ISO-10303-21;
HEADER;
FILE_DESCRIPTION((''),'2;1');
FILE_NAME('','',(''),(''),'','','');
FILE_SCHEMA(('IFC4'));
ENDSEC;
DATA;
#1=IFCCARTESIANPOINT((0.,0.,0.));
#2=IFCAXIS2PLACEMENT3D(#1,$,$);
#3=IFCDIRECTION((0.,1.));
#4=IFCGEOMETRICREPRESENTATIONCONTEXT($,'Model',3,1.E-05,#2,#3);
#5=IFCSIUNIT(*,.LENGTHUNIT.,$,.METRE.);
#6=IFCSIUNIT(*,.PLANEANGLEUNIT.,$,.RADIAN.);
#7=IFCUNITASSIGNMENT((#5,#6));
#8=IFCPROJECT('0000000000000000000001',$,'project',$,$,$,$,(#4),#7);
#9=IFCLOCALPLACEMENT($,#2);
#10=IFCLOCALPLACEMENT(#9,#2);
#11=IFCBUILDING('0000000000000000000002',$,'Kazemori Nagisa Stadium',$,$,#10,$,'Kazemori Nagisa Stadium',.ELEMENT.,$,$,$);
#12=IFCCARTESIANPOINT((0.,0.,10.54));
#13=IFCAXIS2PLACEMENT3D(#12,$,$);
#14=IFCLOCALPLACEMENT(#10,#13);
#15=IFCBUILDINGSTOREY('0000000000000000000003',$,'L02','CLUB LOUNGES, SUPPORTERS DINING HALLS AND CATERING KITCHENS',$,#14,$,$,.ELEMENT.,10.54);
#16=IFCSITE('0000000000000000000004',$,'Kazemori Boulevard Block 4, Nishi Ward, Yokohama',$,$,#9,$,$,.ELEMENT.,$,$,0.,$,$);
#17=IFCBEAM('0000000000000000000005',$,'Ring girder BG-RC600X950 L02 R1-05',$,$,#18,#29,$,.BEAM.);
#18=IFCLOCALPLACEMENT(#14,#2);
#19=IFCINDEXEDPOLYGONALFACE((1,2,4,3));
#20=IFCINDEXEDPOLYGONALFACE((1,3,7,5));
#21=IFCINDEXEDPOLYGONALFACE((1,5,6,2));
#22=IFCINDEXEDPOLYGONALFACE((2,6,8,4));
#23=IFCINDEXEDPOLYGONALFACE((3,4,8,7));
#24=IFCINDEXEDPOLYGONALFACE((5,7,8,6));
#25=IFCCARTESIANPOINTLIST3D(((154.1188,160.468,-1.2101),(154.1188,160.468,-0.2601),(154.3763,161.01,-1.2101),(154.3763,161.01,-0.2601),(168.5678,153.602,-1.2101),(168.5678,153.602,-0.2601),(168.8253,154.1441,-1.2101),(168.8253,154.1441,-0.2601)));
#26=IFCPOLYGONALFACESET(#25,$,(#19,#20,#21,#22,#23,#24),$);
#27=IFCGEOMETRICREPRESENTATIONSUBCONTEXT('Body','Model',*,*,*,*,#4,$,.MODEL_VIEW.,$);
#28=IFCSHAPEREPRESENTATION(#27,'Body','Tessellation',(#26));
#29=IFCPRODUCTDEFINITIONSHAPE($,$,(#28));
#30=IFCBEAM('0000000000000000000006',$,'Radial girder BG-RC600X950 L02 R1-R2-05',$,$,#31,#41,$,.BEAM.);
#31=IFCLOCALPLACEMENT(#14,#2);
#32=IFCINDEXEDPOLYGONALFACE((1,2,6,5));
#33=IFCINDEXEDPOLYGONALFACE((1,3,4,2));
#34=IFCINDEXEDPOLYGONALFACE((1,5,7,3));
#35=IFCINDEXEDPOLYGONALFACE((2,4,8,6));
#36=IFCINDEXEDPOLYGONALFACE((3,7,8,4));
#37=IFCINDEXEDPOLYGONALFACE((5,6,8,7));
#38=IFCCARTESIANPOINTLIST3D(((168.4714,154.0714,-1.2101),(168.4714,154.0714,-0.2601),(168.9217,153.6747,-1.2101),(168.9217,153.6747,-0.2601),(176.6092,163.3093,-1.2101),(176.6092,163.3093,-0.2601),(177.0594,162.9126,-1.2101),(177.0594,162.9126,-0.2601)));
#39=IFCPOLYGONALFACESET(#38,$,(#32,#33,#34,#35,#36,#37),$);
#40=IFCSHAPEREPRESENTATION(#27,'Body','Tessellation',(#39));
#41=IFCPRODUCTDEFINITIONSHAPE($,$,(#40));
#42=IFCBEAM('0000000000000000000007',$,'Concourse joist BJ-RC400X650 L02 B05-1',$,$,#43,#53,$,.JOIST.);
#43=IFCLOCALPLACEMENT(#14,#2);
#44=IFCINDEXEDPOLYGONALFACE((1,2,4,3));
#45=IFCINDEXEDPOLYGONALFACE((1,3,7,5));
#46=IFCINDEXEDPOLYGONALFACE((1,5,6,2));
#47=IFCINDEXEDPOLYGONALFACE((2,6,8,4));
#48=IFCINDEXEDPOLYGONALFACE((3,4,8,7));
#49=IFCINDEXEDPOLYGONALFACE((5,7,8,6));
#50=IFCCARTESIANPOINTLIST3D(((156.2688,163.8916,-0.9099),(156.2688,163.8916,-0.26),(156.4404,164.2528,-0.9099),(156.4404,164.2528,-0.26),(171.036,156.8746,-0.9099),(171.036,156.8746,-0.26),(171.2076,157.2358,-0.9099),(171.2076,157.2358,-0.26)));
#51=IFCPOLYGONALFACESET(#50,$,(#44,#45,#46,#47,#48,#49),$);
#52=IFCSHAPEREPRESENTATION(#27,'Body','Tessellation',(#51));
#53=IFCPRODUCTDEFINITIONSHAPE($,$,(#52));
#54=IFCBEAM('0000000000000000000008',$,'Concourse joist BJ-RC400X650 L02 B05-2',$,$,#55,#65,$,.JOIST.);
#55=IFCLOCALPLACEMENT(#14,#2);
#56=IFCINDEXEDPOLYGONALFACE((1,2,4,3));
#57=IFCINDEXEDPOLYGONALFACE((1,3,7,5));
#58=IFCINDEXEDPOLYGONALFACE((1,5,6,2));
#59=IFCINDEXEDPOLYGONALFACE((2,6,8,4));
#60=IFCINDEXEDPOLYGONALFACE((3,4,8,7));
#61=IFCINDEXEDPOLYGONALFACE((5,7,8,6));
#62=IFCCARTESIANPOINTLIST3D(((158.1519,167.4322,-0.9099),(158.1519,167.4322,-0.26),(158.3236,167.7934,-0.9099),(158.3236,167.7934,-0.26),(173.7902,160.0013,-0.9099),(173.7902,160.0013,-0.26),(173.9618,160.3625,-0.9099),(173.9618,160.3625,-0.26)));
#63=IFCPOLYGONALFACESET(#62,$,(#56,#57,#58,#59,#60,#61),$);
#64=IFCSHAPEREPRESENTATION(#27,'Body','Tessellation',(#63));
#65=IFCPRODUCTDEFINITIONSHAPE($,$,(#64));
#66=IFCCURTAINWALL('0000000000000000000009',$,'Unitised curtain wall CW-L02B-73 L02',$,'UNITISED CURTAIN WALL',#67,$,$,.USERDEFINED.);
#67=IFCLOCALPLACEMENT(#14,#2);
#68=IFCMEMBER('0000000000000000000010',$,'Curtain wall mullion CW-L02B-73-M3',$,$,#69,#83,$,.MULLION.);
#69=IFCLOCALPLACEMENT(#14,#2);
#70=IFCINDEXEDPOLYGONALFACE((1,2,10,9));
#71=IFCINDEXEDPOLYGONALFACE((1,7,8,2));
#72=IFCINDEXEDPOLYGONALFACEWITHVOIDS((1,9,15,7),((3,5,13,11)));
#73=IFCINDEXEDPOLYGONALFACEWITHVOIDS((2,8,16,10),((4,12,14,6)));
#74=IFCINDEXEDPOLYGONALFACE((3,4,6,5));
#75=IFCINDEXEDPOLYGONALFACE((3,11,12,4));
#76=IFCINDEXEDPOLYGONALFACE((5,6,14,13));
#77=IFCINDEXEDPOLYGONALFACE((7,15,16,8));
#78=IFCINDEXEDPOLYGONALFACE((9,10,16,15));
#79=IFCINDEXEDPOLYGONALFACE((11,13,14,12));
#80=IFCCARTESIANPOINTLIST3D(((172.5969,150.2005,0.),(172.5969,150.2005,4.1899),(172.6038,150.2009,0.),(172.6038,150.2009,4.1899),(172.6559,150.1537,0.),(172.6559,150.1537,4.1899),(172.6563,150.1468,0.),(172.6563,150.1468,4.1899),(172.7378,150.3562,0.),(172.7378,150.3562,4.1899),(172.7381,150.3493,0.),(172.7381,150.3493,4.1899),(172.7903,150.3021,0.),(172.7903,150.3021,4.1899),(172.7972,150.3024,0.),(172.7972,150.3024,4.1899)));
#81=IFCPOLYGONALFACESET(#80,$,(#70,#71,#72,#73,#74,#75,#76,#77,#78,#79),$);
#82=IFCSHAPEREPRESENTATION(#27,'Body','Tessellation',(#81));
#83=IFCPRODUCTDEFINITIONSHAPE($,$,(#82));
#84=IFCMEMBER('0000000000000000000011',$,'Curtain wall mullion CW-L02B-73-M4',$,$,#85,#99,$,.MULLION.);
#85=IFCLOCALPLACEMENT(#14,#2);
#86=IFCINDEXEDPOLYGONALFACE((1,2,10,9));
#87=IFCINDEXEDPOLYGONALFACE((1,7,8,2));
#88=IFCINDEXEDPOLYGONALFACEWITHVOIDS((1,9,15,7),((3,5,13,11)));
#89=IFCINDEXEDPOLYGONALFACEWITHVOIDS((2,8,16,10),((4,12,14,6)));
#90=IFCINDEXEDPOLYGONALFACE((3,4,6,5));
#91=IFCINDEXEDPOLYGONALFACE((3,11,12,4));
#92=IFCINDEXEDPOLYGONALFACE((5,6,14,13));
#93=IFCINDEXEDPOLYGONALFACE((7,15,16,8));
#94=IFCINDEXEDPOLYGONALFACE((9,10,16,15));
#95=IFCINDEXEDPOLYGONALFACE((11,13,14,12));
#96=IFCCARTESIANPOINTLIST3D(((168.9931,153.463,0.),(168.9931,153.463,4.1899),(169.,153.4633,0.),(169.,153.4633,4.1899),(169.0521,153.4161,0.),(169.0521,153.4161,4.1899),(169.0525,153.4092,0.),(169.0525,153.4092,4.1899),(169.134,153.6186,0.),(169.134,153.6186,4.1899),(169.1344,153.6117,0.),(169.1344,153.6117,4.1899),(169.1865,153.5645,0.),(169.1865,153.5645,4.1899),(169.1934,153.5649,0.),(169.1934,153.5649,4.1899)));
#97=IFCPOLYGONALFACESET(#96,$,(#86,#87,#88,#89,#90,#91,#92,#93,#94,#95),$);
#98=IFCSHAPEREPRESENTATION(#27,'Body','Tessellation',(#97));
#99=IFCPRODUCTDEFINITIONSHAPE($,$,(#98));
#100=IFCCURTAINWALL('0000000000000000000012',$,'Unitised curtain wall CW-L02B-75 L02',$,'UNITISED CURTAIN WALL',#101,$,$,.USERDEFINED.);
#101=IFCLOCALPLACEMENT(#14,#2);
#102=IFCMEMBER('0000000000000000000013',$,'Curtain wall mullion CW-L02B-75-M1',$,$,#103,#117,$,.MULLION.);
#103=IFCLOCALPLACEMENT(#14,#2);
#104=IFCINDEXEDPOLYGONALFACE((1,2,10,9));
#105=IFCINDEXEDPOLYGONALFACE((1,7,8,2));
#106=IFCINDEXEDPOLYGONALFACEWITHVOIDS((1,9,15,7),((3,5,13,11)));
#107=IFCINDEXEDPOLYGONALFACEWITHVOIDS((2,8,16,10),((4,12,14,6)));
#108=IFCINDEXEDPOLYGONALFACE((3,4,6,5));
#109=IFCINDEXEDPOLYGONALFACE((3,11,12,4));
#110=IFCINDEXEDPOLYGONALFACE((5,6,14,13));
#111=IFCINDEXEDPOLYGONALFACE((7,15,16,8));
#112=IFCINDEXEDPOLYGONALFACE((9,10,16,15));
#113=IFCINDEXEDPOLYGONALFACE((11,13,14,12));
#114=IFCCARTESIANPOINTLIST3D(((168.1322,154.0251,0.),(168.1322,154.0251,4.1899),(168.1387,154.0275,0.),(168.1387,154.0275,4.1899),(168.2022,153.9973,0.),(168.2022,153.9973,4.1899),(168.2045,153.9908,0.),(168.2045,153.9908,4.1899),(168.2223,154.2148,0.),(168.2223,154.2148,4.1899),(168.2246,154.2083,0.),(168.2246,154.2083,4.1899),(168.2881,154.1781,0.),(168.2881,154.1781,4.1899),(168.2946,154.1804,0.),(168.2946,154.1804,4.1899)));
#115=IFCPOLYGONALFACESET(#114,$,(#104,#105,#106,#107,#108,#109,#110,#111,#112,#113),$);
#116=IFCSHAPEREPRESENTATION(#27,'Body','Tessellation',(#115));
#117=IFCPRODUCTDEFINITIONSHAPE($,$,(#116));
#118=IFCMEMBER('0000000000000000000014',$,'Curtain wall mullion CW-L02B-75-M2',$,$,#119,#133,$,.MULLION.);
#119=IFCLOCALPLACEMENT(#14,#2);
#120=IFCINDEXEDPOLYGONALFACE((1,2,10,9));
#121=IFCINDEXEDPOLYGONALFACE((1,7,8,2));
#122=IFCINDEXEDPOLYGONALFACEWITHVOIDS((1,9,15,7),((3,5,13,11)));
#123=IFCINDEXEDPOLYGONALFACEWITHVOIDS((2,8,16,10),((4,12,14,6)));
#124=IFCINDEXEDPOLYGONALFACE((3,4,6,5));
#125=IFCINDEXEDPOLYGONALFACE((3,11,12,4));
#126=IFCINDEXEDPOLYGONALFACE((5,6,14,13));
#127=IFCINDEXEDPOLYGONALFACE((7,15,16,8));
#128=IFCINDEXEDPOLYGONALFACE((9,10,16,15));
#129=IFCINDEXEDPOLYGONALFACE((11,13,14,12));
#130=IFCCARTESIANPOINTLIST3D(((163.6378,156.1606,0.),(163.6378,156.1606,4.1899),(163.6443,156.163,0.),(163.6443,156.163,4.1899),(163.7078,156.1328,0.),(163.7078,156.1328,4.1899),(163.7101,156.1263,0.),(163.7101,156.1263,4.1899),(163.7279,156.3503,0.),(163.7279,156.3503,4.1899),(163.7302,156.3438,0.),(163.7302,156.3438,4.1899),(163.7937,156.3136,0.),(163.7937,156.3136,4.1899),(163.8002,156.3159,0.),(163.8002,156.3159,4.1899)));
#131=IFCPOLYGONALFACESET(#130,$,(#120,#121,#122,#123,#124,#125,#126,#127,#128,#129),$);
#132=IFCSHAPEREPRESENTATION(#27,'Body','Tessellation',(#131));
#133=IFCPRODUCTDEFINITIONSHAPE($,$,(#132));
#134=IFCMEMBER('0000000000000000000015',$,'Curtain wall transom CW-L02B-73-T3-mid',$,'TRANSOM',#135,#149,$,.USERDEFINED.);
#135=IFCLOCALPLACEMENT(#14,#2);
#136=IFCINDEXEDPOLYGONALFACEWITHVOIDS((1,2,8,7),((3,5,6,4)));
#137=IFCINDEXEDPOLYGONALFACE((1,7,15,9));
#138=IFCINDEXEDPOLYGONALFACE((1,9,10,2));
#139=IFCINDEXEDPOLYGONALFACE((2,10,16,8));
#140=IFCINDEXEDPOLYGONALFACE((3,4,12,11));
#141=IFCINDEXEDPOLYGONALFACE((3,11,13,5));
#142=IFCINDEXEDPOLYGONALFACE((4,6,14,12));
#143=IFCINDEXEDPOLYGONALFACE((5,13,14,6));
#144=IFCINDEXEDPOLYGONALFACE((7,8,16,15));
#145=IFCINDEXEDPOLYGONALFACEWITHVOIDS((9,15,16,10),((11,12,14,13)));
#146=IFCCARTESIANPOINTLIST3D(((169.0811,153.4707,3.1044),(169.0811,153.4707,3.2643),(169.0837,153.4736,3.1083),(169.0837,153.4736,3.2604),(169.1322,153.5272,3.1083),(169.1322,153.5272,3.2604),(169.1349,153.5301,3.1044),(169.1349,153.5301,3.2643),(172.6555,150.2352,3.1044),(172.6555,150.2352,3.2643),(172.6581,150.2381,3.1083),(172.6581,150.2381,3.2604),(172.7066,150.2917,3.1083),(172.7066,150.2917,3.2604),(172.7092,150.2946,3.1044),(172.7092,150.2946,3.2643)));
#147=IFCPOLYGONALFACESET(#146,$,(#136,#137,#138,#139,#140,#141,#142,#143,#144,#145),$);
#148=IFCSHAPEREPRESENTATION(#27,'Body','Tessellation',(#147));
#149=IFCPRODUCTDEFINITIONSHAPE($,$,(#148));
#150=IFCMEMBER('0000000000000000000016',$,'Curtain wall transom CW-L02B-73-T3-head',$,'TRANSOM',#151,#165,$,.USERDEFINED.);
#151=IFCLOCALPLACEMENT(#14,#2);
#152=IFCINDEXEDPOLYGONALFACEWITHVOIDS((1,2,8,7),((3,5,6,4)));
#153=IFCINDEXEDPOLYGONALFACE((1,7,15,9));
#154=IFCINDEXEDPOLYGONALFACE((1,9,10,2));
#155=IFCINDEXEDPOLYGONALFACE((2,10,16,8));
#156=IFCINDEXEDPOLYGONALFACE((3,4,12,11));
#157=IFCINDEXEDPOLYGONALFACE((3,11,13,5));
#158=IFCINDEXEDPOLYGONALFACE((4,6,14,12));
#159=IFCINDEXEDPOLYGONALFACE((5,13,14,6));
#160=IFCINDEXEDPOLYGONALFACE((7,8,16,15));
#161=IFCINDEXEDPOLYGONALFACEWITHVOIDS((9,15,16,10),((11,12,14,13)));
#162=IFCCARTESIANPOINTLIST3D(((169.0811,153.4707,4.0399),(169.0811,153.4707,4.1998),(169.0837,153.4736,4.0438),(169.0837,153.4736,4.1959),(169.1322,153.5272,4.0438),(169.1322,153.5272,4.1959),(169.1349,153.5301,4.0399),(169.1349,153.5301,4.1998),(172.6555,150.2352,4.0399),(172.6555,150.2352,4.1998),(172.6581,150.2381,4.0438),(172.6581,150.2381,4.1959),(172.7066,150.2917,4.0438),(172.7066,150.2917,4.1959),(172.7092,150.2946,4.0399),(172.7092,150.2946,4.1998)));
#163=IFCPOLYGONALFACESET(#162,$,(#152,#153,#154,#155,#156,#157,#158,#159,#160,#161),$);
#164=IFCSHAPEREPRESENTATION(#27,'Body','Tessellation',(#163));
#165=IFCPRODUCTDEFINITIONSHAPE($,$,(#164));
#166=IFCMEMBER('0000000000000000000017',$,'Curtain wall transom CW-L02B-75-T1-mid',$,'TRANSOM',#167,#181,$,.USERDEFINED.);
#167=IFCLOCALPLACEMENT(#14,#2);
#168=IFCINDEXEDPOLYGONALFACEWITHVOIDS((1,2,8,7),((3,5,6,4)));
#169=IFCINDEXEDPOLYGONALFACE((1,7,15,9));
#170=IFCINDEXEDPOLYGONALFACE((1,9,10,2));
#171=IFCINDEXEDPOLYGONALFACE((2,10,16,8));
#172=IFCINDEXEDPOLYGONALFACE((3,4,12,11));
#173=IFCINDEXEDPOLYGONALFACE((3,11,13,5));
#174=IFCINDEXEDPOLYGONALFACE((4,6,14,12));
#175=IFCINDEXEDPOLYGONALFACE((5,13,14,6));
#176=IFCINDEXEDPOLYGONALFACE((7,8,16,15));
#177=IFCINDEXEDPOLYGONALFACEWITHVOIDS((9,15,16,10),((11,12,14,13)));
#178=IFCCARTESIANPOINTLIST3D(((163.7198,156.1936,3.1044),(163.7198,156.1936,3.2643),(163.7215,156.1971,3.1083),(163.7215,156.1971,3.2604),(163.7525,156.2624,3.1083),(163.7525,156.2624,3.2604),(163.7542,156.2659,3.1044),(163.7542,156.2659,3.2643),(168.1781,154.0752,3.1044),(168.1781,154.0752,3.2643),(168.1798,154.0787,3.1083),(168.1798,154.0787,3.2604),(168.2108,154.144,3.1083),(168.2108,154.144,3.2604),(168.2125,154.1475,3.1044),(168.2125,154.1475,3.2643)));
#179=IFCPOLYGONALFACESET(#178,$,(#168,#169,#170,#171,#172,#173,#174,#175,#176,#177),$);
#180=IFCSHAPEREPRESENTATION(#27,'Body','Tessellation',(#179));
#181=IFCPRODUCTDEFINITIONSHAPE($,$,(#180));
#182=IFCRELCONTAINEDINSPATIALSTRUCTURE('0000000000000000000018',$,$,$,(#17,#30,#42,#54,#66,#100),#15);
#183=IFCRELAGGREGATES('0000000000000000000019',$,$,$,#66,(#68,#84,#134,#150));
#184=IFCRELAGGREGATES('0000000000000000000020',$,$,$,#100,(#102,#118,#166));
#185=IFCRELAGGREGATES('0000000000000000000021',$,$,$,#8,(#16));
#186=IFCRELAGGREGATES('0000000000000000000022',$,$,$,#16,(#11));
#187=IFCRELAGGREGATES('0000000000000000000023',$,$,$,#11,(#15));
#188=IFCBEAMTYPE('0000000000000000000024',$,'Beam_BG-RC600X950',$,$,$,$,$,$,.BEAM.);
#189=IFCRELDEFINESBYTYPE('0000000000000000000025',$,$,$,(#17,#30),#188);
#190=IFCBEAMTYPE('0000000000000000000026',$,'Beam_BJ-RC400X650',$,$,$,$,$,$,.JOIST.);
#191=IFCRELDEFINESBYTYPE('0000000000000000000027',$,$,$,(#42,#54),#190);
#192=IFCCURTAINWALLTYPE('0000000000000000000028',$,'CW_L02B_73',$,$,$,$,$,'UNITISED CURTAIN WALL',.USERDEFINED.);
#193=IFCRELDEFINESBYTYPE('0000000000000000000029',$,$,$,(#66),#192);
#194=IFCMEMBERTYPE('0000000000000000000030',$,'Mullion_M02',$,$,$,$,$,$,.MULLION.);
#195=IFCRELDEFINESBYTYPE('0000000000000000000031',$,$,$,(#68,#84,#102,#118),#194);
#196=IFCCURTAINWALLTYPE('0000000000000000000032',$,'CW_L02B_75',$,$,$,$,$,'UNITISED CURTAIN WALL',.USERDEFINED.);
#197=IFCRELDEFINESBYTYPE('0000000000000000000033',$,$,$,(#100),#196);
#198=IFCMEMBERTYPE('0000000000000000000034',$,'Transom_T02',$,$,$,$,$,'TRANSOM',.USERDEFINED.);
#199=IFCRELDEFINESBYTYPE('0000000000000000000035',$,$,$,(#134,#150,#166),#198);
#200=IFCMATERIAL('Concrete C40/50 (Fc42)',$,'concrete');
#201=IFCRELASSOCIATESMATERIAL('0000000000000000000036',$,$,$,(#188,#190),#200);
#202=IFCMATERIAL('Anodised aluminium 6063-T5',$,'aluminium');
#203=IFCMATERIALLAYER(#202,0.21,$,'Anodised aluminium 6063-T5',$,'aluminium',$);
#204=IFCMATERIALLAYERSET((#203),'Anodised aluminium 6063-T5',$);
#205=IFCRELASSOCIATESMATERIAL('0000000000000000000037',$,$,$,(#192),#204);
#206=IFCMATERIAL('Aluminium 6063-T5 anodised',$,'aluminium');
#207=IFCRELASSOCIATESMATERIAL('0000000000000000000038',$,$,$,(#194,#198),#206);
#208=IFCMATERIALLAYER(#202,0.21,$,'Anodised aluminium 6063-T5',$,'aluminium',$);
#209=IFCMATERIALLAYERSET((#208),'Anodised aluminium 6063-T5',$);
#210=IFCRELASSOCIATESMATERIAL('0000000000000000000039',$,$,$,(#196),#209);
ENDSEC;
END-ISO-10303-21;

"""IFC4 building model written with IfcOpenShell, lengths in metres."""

from ifc_helpers import new_model, si_unit, direction, frame, origin, origin_2d, place, context, subcontext, project, spatial, rectangle, hollow_rectangle, extrude, material, layer, layer_set, material_profile, profile_set, type_object, element, aggregate, save


model = new_model("IFC4")

# Units and contexts
model_context = context("Model", 3, precision=1e-05, world=origin(), true_north=direction((0.0, 1.0)))
body_context = subcontext(model_context, "Body", "Model", "MODEL_VIEW")
ifc_project = project(units=[si_unit("LENGTHUNIT", "METRE"), si_unit("PLANEANGLEUNIT", "RADIAN")], contexts=[model_context])

# Site, building, storey
site_placement = place(None, origin())
site = spatial("IfcSite", under=ifc_project, at=site_placement, Name="Kazemori Boulevard Block 4, Nishi Ward, Yokohama", CompositionType="ELEMENT", RefElevation=0.0)
building_placement = place(site_placement, origin())
building = spatial("IfcBuilding", under=site, at=building_placement, Name="Kazemori Nagisa Stadium", LongName="Kazemori Nagisa Stadium", CompositionType="ELEMENT")
storey_placement = place(building_placement, frame((0.0, 0.0, 10.54)))
storey = spatial("IfcBuildingStorey", under=building, at=storey_placement, Name="L02", Description="CLUB LOUNGES, SUPPORTERS DINING HALLS AND CATERING KITCHENS", CompositionType="ELEMENT", Elevation=10.54)

# Shared definitions
ifc_material_1 = material(Name="Concrete C40/50 (Fc42)", Category="concrete")

# Beams
ifc_material_profile_1 = material_profile(ifc_material_1, rectangle(XDim=0.6001, YDim=0.95, at=origin_2d()), Name="RC-BM-600x950")
ifc_profile_set_1 = profile_set([ifc_material_profile_1], Name="Concrete C40/50 (Fc42)")
beam_type_1 = type_object("IfcBeamType", Name="Beam_BG-RC600X950", PredefinedType="BEAM", material=ifc_profile_set_1)
beam_1_placement = place(storey_placement, frame((168.6965, 153.873, -0.7351), z_axis=(-0.903212, 0.429195, 0.0), x_axis=(-0.429195, -0.903212, 0.0)))
element("IfcBeam", 1, at=beam_1_placement, inside=storey, type_object=beam_type_1, Name="Ring girder BG-RC600X950 L02 R1-05", PredefinedType="BEAM", context=body_context, shape_type="SweptSolid", body=[
    extrude(rectangle(XDim=0.6001, YDim=0.95, at=origin_2d()), origin(), (0.0, 0.0, 1.0), 15.9973),
])
beam_2_placement = place(storey_placement, frame((168.6965, 153.873, -0.7351), z_axis=(0.661014, 0.750374, 0.0), x_axis=(-0.750374, 0.661014, 0.0)))
element("IfcBeam", 2, at=beam_2_placement, inside=storey, type_object=beam_type_1, Name="Radial girder BG-RC600X950 L02 R1-R2-05", PredefinedType="BEAM", context=body_context, shape_type="SweptSolid", body=[
    extrude(rectangle(XDim=0.6001, YDim=0.95, at=origin_2d()), origin(), (0.0, 0.0, 1.0), 12.311),
])
ifc_material_profile_2 = material_profile(ifc_material_1, rectangle(XDim=0.3999, YDim=0.6499, at=origin_2d()), Name="RC-BM-400x650")
ifc_profile_set_2 = profile_set([ifc_material_profile_2], Name="Concrete C40/50 (Fc42)")
beam_type_2 = type_object("IfcBeamType", Name="Beam_BJ-RC400X650", PredefinedType="JOIST", material=ifc_profile_set_2)
beam_3_placement = place(storey_placement, frame((171.1218, 157.0552, -0.585), z_axis=(-0.903216, 0.429187, 0.0), x_axis=(-0.429187, -0.903216, 0.0)))
element("IfcBeam", 3, at=beam_3_placement, inside=storey, type_object=beam_type_2, Name="Concourse joist BJ-RC400X650 L02 B05-1", PredefinedType="JOIST", context=body_context, shape_type="SweptSolid", body=[
    extrude(rectangle(XDim=0.3999, YDim=0.6499, at=origin_2d()), origin(), (0.0, 0.0, 1.0), 16.3496),
])
beam_4_placement = place(storey_placement, frame((173.876, 160.1819, -0.585), z_axis=(-0.903215, 0.429187, 0.0), x_axis=(-0.429187, -0.903215, 0.0)))
element("IfcBeam", 4, at=beam_4_placement, inside=storey, type_object=beam_type_2, Name="Concourse joist BJ-RC400X650 L02 B05-2", PredefinedType="JOIST", context=body_context, shape_type="SweptSolid", body=[
    extrude(rectangle(XDim=0.3999, YDim=0.6499, at=origin_2d()), origin(), (0.0, 0.0, 1.0), 17.314),
])

# Curtain walls, members
ifc_material_2 = material(Name="Anodised aluminium 6063-T5", Category="aluminium")
ifc_layer_1 = layer(ifc_material_2, 0.21, Name="Anodised aluminium 6063-T5", Category="aluminium")
ifc_layer_set_1 = layer_set([ifc_layer_1], Name="Anodised aluminium 6063-T5")
curtain_wall_type_1 = type_object("IfcCurtainWallType", Name="CW_L02B_73", ElementType="UNITISED CURTAIN WALL", PredefinedType="USERDEFINED", material=ifc_layer_set_1)
curtain_wall_1_placement = place(storey_placement, origin())
curtain_wall_1 = element("IfcCurtainWall", 5, at=curtain_wall_1_placement, inside=storey, type_object=curtain_wall_type_1, Name="Unitised curtain wall CW-L02B-73 L02", ObjectType="UNITISED CURTAIN WALL", PredefinedType="USERDEFINED")
ifc_material_3 = material(Name="Aluminium 6063-T5 anodised", Category="aluminium")
ifc_material_profile_3 = material_profile(ifc_material_3, hollow_rectangle(XDim=0.0801, YDim=0.21, WallThickness=0.0049, at=origin_2d()), Name="ALU-MULL-80x210x5")
ifc_profile_set_3 = profile_set([ifc_material_profile_3], Name="Aluminium 6063-T5 anodised")
member_type_1 = type_object("IfcMemberType", Name="Mullion_M02", PredefinedType="MULLION", material=ifc_profile_set_3)
member_1_placement = place(storey_placement, frame((172.697, 150.2515, 0.0), z_axis=(0.0, 0.0, 1.0), x_axis=(-0.741351, 0.671118, 0.0)))
member_1 = element("IfcMember", 6, at=member_1_placement, type_object=member_type_1, Name="Curtain wall mullion CW-L02B-73-M3", PredefinedType="MULLION", context=body_context, shape_type="SweptSolid", body=[
    extrude(hollow_rectangle(XDim=0.0801, YDim=0.21, WallThickness=0.0049, at=origin_2d()), origin(), (0.0, 0.0, 1.0), 4.1899),
])
member_2_placement = place(storey_placement, frame((169.0933, 153.5139, 0.0), z_axis=(0.0, 0.0, 1.0), x_axis=(-0.741351, 0.671118, 0.0)))
member_2 = element("IfcMember", 7, at=member_2_placement, type_object=member_type_1, Name="Curtain wall mullion CW-L02B-73-M4", PredefinedType="MULLION", context=body_context, shape_type="SweptSolid", body=[
    extrude(hollow_rectangle(XDim=0.0801, YDim=0.21, WallThickness=0.0049, at=origin_2d()), origin(), (0.0, 0.0, 1.0), 4.1899),
])
ifc_layer_2 = layer(ifc_material_2, 0.21, Name="Anodised aluminium 6063-T5", Category="aluminium")
ifc_layer_set_2 = layer_set([ifc_layer_2], Name="Anodised aluminium 6063-T5")
curtain_wall_type_2 = type_object("IfcCurtainWallType", Name="CW_L02B_75", ElementType="UNITISED CURTAIN WALL", PredefinedType="USERDEFINED", material=ifc_layer_set_2)
curtain_wall_2_placement = place(storey_placement, origin())
curtain_wall_2 = element("IfcCurtainWall", 8, at=curtain_wall_2_placement, inside=storey, type_object=curtain_wall_type_2, Name="Unitised curtain wall CW-L02B-75 L02", ObjectType="UNITISED CURTAIN WALL", PredefinedType="USERDEFINED")
member_3_placement = place(storey_placement, frame((168.2134, 154.1028, 0.0), z_axis=(0.0, 0.0, 1.0), x_axis=(-0.903216, 0.429186, 0.0)))
member_3 = element("IfcMember", 9, at=member_3_placement, type_object=member_type_1, Name="Curtain wall mullion CW-L02B-75-M1", PredefinedType="MULLION", context=body_context, shape_type="SweptSolid", body=[
    extrude(hollow_rectangle(XDim=0.0801, YDim=0.21, WallThickness=0.0049, at=origin_2d()), origin(), (0.0, 0.0, 1.0), 4.1899),
])
member_4_placement = place(storey_placement, frame((163.719, 156.2383, 0.0), z_axis=(0.0, 0.0, 1.0), x_axis=(-0.903216, 0.429186, 0.0)))
member_4 = element("IfcMember", 10, at=member_4_placement, type_object=member_type_1, Name="Curtain wall mullion CW-L02B-75-M2", PredefinedType="MULLION", context=body_context, shape_type="SweptSolid", body=[
    extrude(hollow_rectangle(XDim=0.0801, YDim=0.21, WallThickness=0.0049, at=origin_2d()), origin(), (0.0, 0.0, 1.0), 4.1899),
])

# Members
ifc_material_profile_4 = material_profile(ifc_material_3, hollow_rectangle(XDim=0.0801, YDim=0.1599, WallThickness=0.0039, at=origin_2d()), Name="ALU-TRAN-80x160x4")
ifc_profile_set_4 = profile_set([ifc_material_profile_4], Name="Aluminium 6063-T5 anodised")
member_type_2 = type_object("IfcMemberType", Name="Transom_T02", ElementType="TRANSOM", PredefinedType="USERDEFINED", material=ifc_profile_set_4)
member_5_placement = place(storey_placement, frame((172.6824, 150.2649, 3.1843), z_axis=(-0.741375, 0.671091, 0.0), x_axis=(-0.671091, -0.741375, 0.0)))
member_5 = element("IfcMember", 11, at=member_5_placement, type_object=member_type_2, Name="Curtain wall transom CW-L02B-73-T3-mid", ObjectType="TRANSOM", PredefinedType="USERDEFINED", context=body_context, shape_type="SweptSolid", body=[
    extrude(hollow_rectangle(XDim=0.0801, YDim=0.1599, WallThickness=0.0039, at=origin_2d()), origin(), (0.0, 0.0, 1.0), 4.8213),
])
member_6_placement = place(storey_placement, frame((172.6824, 150.2649, 4.1199), z_axis=(-0.741375, 0.671091, 0.0), x_axis=(-0.671091, -0.741375, 0.0)))
member_6 = element("IfcMember", 12, at=member_6_placement, type_object=member_type_2, Name="Curtain wall transom CW-L02B-73-T3-head", ObjectType="TRANSOM", PredefinedType="USERDEFINED", context=body_context, shape_type="SweptSolid", body=[
    extrude(hollow_rectangle(XDim=0.0801, YDim=0.1599, WallThickness=0.0039, at=origin_2d()), origin(), (0.0, 0.0, 1.0), 4.8213),
])
member_7_placement = place(storey_placement, frame((168.1953, 154.1113, 3.1843), z_axis=(-0.90322, 0.429179, 0.0), x_axis=(-0.429179, -0.90322, 0.0)))
member_7 = element("IfcMember", 13, at=member_7_placement, type_object=member_type_2, Name="Curtain wall transom CW-L02B-75-T1-mid", ObjectType="TRANSOM", PredefinedType="USERDEFINED", context=body_context, shape_type="SweptSolid", body=[
    extrude(hollow_rectangle(XDim=0.0801, YDim=0.1599, WallThickness=0.0039, at=origin_2d()), origin(), (0.0, 0.0, 1.0), 4.936),
])

aggregate(curtain_wall_1, [member_1, member_2, member_5, member_6])
aggregate(curtain_wall_2, [member_3, member_4, member_7])

save(model, "model.ifc")
